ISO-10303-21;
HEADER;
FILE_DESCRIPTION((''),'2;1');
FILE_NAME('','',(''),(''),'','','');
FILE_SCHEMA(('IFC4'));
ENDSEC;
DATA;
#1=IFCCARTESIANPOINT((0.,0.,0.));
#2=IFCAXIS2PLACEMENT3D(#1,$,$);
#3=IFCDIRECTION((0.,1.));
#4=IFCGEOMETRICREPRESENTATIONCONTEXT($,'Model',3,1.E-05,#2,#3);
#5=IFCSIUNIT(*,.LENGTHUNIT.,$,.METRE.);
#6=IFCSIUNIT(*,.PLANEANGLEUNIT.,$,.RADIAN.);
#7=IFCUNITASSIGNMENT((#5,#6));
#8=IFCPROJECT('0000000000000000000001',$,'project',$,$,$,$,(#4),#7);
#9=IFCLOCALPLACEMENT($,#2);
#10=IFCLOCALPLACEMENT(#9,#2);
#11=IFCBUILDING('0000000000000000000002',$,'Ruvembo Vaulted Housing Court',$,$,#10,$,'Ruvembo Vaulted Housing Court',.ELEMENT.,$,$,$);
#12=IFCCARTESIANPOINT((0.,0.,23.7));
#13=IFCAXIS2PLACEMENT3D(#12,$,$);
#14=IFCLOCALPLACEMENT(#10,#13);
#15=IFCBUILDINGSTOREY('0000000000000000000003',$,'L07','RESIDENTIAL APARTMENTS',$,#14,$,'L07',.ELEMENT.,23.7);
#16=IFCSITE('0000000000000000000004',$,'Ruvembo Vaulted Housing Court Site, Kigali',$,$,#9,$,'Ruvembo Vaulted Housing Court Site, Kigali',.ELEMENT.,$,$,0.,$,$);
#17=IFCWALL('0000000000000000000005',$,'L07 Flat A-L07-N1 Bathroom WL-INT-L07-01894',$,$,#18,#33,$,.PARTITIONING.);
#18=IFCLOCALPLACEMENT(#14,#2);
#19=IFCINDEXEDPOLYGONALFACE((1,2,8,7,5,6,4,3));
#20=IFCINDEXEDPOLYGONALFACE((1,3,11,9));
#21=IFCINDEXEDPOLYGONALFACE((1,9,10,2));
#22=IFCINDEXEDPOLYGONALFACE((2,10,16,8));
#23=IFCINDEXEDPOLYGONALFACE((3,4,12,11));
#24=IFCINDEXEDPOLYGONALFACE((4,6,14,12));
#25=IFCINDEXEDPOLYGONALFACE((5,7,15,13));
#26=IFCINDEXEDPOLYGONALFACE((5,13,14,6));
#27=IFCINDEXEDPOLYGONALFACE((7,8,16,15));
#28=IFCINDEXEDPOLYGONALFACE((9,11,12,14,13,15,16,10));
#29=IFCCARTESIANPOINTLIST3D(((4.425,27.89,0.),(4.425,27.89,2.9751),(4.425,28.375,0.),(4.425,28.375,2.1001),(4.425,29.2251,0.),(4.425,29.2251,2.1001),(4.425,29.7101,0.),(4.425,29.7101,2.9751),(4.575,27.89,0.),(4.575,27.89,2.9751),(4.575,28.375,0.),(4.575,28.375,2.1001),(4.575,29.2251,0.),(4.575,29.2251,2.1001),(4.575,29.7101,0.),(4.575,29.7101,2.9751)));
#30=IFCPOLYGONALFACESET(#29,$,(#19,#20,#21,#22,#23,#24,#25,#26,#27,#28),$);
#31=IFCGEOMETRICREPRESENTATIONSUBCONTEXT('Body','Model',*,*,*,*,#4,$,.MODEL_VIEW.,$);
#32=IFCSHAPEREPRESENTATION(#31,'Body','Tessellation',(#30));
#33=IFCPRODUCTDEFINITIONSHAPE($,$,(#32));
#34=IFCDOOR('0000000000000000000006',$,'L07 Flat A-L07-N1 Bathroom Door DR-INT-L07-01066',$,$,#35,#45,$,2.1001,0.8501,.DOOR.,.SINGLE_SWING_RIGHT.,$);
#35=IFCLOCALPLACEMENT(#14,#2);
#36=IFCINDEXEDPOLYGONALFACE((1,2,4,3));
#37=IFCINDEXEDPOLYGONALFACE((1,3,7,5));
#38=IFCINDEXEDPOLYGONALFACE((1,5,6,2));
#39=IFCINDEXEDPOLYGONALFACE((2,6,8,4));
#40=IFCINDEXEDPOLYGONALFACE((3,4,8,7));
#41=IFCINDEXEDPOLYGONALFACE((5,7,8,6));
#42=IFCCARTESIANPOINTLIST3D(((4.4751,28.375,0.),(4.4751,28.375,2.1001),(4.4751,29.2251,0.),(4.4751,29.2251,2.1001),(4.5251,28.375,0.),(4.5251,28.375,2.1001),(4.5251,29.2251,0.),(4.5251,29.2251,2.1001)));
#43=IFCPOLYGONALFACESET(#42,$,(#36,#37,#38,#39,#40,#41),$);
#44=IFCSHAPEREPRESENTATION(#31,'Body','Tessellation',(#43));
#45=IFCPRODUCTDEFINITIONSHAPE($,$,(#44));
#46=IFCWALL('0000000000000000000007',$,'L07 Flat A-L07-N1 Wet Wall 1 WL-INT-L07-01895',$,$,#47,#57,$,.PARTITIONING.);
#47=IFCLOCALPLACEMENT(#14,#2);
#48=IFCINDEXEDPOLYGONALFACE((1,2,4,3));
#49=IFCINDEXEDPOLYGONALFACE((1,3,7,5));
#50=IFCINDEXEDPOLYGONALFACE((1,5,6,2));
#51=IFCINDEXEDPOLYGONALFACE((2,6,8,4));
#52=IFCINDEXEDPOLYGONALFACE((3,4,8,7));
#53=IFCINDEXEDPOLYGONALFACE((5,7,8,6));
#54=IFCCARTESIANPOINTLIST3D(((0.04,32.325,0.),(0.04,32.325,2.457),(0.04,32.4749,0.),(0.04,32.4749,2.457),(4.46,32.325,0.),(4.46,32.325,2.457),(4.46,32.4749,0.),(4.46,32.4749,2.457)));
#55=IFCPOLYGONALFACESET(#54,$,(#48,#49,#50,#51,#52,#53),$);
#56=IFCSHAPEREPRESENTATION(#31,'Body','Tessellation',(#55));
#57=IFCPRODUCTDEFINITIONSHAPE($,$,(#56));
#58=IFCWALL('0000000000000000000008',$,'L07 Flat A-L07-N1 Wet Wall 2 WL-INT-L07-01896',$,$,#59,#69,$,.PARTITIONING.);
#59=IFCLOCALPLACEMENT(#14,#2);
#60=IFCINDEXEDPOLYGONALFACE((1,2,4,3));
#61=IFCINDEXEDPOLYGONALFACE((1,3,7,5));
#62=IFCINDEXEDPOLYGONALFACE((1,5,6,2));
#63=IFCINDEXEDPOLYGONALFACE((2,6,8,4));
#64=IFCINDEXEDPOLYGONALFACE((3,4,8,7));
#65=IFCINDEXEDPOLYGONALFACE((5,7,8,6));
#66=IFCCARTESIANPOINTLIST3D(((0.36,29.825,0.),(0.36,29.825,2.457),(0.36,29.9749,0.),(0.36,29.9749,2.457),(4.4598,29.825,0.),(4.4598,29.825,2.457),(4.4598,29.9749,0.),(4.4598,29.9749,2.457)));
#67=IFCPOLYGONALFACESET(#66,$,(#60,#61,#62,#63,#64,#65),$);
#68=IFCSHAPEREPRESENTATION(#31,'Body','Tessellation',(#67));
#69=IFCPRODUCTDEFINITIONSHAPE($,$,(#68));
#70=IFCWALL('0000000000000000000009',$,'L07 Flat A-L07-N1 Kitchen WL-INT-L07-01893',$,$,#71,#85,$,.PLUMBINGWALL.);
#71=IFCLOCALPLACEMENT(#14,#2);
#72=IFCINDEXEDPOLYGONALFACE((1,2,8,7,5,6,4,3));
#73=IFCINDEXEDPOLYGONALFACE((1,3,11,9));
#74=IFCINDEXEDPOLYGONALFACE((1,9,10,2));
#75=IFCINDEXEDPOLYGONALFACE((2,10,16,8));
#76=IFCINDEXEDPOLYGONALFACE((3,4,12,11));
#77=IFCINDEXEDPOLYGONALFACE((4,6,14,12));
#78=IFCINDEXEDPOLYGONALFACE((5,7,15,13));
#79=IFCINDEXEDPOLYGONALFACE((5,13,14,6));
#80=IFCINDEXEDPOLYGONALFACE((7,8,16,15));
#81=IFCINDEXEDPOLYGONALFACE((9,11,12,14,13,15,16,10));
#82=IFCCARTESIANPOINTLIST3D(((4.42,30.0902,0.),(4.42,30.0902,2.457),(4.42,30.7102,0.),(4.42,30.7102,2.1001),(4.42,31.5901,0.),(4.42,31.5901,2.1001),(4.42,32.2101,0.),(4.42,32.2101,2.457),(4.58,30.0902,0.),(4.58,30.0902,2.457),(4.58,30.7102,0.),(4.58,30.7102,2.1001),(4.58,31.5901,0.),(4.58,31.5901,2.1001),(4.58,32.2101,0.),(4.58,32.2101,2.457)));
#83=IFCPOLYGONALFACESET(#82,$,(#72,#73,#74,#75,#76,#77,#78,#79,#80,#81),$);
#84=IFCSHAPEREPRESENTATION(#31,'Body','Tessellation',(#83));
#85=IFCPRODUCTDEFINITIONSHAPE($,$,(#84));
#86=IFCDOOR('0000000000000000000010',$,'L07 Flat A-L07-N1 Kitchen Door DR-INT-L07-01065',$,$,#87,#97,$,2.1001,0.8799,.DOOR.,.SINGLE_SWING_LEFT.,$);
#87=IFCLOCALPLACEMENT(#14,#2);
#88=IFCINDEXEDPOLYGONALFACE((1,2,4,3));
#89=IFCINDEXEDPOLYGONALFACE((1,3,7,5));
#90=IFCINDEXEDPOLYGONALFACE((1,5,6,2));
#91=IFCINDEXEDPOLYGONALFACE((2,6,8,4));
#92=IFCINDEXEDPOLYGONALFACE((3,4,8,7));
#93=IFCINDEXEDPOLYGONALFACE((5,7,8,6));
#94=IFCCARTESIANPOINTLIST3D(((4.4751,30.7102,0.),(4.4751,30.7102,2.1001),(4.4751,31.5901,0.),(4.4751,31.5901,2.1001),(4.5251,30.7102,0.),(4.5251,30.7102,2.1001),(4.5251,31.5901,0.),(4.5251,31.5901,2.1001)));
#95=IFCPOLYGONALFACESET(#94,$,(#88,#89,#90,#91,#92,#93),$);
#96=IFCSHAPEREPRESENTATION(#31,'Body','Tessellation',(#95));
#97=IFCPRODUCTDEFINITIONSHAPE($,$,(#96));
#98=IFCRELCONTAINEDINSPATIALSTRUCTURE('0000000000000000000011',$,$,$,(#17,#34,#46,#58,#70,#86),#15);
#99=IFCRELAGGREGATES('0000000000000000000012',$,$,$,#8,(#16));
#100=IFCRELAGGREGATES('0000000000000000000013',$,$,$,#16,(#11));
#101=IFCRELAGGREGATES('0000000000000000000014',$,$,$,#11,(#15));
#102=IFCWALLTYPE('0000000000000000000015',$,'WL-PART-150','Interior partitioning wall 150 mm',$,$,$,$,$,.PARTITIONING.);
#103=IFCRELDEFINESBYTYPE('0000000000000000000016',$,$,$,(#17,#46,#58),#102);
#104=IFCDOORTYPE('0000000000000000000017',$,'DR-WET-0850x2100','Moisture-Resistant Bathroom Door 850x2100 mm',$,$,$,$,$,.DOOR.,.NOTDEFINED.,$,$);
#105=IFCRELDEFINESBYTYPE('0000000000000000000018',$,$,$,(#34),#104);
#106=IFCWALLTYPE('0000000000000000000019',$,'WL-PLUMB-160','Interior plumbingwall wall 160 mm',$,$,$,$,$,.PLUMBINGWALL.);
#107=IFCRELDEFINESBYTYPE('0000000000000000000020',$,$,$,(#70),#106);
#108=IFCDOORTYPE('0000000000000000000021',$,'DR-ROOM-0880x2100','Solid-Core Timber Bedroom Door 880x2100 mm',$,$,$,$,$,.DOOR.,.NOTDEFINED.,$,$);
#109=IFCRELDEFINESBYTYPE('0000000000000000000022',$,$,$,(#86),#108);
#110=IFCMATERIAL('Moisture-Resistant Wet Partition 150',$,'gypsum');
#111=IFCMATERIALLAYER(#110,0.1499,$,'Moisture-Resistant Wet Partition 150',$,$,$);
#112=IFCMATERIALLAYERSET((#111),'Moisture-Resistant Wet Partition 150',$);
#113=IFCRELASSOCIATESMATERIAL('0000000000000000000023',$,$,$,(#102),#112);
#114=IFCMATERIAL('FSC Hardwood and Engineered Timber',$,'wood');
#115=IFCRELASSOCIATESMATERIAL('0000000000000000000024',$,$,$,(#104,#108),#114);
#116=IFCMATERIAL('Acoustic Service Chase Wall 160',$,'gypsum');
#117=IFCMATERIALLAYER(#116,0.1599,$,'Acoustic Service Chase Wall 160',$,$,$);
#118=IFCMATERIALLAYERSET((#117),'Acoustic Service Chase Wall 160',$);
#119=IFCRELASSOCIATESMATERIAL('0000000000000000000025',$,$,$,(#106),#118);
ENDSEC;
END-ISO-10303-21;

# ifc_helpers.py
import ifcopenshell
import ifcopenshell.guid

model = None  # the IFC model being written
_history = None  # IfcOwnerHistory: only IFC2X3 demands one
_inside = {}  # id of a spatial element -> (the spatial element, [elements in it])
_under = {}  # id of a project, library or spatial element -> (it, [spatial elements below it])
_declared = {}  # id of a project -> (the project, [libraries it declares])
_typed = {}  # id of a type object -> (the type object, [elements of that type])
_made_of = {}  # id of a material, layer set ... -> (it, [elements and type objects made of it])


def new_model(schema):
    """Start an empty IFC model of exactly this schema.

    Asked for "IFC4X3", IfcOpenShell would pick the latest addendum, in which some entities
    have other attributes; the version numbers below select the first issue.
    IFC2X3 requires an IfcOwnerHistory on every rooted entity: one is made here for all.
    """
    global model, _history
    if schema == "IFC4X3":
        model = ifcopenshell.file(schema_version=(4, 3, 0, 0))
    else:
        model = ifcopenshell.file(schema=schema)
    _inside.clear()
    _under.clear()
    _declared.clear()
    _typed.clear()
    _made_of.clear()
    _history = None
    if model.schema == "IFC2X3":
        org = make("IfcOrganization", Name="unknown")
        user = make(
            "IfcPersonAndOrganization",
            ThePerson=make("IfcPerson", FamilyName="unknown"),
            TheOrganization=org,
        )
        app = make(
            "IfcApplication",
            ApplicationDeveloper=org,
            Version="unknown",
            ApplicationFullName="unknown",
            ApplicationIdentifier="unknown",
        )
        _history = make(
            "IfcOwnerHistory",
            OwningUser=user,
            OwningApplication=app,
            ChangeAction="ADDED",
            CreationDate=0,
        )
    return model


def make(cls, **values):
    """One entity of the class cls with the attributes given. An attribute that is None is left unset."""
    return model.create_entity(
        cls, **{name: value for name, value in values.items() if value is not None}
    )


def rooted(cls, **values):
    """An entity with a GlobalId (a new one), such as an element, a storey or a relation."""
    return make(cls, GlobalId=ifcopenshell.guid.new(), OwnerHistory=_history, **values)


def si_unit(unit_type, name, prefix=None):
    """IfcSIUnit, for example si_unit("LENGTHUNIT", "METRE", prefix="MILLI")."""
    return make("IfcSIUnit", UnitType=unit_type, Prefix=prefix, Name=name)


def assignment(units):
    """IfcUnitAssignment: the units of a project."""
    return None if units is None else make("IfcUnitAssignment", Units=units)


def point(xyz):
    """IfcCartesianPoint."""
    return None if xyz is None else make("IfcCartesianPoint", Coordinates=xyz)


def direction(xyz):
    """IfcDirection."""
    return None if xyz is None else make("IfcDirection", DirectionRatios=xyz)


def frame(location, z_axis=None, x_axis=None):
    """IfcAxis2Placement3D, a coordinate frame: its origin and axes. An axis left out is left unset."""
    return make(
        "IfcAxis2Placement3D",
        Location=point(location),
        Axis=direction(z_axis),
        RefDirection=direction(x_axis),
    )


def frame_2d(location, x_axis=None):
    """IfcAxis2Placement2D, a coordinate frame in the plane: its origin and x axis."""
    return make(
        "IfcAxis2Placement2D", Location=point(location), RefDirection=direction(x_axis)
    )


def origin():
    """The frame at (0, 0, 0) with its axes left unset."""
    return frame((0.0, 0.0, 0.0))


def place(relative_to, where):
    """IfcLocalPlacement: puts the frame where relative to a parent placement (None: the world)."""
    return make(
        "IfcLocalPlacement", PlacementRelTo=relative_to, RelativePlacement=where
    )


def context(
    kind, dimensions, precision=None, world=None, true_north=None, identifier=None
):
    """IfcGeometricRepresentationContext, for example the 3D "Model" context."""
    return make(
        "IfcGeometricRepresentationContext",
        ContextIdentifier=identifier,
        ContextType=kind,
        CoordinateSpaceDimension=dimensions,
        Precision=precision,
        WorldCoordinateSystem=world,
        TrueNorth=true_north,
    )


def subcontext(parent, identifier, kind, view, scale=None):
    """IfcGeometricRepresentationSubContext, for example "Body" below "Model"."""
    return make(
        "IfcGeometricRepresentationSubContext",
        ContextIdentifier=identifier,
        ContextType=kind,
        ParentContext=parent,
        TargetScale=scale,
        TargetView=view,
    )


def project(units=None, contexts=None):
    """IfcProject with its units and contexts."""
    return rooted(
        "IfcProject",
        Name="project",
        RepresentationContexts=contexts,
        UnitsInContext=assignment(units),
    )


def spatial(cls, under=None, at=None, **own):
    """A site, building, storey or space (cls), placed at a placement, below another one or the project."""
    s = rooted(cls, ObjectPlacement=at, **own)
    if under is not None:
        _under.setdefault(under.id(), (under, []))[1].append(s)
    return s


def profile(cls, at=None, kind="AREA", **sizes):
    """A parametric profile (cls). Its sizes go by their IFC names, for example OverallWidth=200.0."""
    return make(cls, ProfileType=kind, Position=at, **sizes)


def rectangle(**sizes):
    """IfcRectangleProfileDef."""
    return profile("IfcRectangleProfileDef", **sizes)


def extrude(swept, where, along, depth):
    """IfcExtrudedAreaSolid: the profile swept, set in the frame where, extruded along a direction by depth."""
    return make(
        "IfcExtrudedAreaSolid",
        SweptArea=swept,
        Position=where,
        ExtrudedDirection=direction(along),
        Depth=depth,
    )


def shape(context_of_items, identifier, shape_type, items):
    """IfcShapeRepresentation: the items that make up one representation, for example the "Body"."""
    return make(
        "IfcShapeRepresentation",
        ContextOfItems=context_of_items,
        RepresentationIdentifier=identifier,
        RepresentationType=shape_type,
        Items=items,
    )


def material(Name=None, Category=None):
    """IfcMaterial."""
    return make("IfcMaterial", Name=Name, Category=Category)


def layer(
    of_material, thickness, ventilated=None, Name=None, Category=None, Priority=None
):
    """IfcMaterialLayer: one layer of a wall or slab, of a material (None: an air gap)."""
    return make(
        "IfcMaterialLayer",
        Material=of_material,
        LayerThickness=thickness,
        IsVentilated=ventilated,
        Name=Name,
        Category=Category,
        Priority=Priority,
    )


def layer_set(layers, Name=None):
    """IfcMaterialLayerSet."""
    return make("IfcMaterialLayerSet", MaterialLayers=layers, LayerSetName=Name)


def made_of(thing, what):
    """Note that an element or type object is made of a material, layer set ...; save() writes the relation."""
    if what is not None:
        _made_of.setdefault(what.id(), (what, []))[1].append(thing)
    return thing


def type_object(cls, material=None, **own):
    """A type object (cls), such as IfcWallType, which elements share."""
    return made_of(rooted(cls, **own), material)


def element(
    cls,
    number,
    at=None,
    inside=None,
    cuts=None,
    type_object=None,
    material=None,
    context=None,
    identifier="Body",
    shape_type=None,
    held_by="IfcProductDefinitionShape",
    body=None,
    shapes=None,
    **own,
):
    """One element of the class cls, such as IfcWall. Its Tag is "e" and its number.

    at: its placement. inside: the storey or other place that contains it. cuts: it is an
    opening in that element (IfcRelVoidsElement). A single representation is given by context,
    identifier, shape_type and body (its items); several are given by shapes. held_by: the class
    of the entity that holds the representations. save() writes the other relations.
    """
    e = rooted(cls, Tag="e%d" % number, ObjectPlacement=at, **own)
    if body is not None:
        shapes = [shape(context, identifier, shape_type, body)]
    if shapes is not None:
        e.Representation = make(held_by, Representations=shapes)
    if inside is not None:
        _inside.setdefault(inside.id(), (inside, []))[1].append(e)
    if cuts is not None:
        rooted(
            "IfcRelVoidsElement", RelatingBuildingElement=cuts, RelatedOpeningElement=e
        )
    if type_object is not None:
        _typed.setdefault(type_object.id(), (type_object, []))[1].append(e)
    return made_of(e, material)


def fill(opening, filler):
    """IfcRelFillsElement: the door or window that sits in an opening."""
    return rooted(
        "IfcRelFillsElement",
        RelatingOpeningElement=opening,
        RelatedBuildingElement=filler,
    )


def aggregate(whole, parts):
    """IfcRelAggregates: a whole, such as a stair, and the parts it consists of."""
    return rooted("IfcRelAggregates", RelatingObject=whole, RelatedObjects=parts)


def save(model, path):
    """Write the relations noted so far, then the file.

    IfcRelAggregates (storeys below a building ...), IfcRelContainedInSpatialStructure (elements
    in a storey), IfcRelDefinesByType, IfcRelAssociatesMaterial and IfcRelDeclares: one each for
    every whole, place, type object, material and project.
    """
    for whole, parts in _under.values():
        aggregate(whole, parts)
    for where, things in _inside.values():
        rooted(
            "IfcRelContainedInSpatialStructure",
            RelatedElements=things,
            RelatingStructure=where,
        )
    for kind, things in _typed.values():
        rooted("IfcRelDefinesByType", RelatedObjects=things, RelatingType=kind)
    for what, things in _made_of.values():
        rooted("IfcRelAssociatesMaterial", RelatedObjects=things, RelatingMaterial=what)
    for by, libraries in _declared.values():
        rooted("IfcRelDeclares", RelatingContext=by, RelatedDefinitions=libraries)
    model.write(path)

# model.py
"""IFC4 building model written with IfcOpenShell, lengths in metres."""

from ifc_helpers import new_model, si_unit, direction, frame, frame_2d, origin, place, context, subcontext, project, spatial, rectangle, extrude, material, layer, layer_set, type_object, element, fill, save


model = new_model("IFC4")

# Units and contexts
model_context = context("Model", 3, precision=1e-05, world=origin(), true_north=direction((0.0, 1.0)))
body_context = subcontext(model_context, "Body", "Model", "MODEL_VIEW")
ifc_project = project(units=[si_unit("LENGTHUNIT", "METRE"), si_unit("PLANEANGLEUNIT", "RADIAN")], contexts=[model_context])

# Site, building, storey
site_placement = place(None, origin())
site = spatial("IfcSite", under=ifc_project, at=site_placement, Name="Ruvembo Vaulted Housing Court Site, Kigali", LongName="Ruvembo Vaulted Housing Court Site, Kigali", CompositionType="ELEMENT", RefElevation=0.0)
building_placement = place(site_placement, origin())
building = spatial("IfcBuilding", under=site, at=building_placement, Name="Ruvembo Vaulted Housing Court", LongName="Ruvembo Vaulted Housing Court", CompositionType="ELEMENT")
storey_placement = place(building_placement, frame((0.0, 0.0, 23.7)))
storey = spatial("IfcBuildingStorey", under=building, at=storey_placement, Name="L07", Description="RESIDENTIAL APARTMENTS", LongName="L07", CompositionType="ELEMENT", Elevation=23.7)

# Wall, opening, door
ifc_material_1 = material(Name="Moisture-Resistant Wet Partition 150", Category="gypsum")
ifc_layer_1 = layer(ifc_material_1, 0.1499, Name="Moisture-Resistant Wet Partition 150")
ifc_layer_set_1 = layer_set([ifc_layer_1], Name="Moisture-Resistant Wet Partition 150")
wall_type_1 = type_object("IfcWallType", Name="WL-PART-150", Description="Interior partitioning wall 150 mm", PredefinedType="PARTITIONING", material=ifc_layer_set_1)
wall_1_placement = place(storey_placement, frame((4.5, 27.8899, 0.0), z_axis=(0.0, 0.0, 1.0), x_axis=(0.0, 1.0, 0.0)))
wall_1 = element("IfcWall", 1, at=wall_1_placement, inside=storey, type_object=wall_type_1, Name="L07 Flat A-L07-N1 Bathroom WL-INT-L07-01894", PredefinedType="PARTITIONING", context=body_context, shape_type="SweptSolid", body=[
    extrude(rectangle(XDim=1.8201, YDim=0.1499, at=frame_2d((0.9102, 0.0))), origin(), (0.0, 0.0, 1.0), 2.9751),
])
opening_1_placement = place(wall_1_placement, frame((0.4851, 0.0, 0.0)))
opening_1 = element("IfcOpeningElement", 2, at=opening_1_placement, cuts=wall_1, PredefinedType="OPENING", context=body_context, shape_type="SweptSolid", body=[
    extrude(rectangle(XDim=0.8501, YDim=2.1001, at=frame_2d((0.425, 1.05))), frame((0.0, 0.085, 0.0), z_axis=(0.0, -1.0, 0.0), x_axis=(1.0, 0.0, 0.0)), (0.0, 0.0, 1.0), 0.1699),
])
ifc_material_2 = material(Name="FSC Hardwood and Engineered Timber", Category="wood")
door_type_1 = type_object("IfcDoorType", Name="DR-WET-0850x2100", Description="Moisture-Resistant Bathroom Door 850x2100 mm", OperationType="NOTDEFINED", PredefinedType="DOOR", material=ifc_material_2)
door_1_placement = place(opening_1_placement, origin())
door_1 = element("IfcDoor", 3, at=door_1_placement, inside=storey, type_object=door_type_1, Name="L07 Flat A-L07-N1 Bathroom Door DR-INT-L07-01066", OperationType="SINGLE_SWING_RIGHT", OverallHeight=2.1001, OverallWidth=0.8501, PredefinedType="DOOR", context=body_context, shape_type="SweptSolid", body=[
    extrude(rectangle(XDim=0.8501, YDim=2.1001, at=frame_2d((0.425, 1.05))), frame((0.0, 0.0249, 0.0), z_axis=(0.0, -1.0, 0.0), x_axis=(1.0, 0.0, 0.0)), (0.0, 0.0, 1.0), 0.05),
])
fill(opening_1, door_1)

# Walls
wall_2_placement = place(storey_placement, frame((0.04, 32.3999, 0.0), z_axis=(0.0, 0.0, 1.0), x_axis=(1.0, 0.0, 0.0)))
element("IfcWall", 4, at=wall_2_placement, inside=storey, type_object=wall_type_1, Name="L07 Flat A-L07-N1 Wet Wall 1 WL-INT-L07-01895", PredefinedType="PARTITIONING", context=body_context, shape_type="SweptSolid", body=[
    extrude(rectangle(XDim=4.4199, YDim=0.1499, at=frame_2d((2.21, 0.0))), origin(), (0.0, 0.0, 1.0), 2.457),
])
wall_3_placement = place(storey_placement, frame((0.3601, 29.8999, 0.0), z_axis=(0.0, 0.0, 1.0), x_axis=(1.0, 0.0, 0.0)))
element("IfcWall", 5, at=wall_3_placement, inside=storey, type_object=wall_type_1, Name="L07 Flat A-L07-N1 Wet Wall 2 WL-INT-L07-01896", PredefinedType="PARTITIONING", context=body_context, shape_type="SweptSolid", body=[
    extrude(rectangle(XDim=4.0999, YDim=0.1499, at=frame_2d((2.0498, 0.0))), origin(), (0.0, 0.0, 1.0), 2.457),
])

# Wall, opening, door
ifc_material_3 = material(Name="Acoustic Service Chase Wall 160", Category="gypsum")
ifc_layer_2 = layer(ifc_material_3, 0.1599, Name="Acoustic Service Chase Wall 160")
ifc_layer_set_2 = layer_set([ifc_layer_2], Name="Acoustic Service Chase Wall 160")
wall_type_2 = type_object("IfcWallType", Name="WL-PLUMB-160", Description="Interior plumbingwall wall 160 mm", PredefinedType="PLUMBINGWALL", material=ifc_layer_set_2)
wall_4_placement = place(storey_placement, frame((4.5, 30.0901, 0.0), z_axis=(0.0, 0.0, 1.0), x_axis=(0.0, 1.0, 0.0)))
wall_4 = element("IfcWall", 6, at=wall_4_placement, inside=storey, type_object=wall_type_2, Name="L07 Flat A-L07-N1 Kitchen WL-INT-L07-01893", PredefinedType="PLUMBINGWALL", context=body_context, shape_type="SweptSolid", body=[
    extrude(rectangle(XDim=2.1199, YDim=0.1599, at=frame_2d((1.0601, 0.0))), origin(), (0.0, 0.0, 1.0), 2.457),
])
opening_2_placement = place(wall_4_placement, frame((0.6201, 0.0, 0.0)))
opening_2 = element("IfcOpeningElement", 7, at=opening_2_placement, cuts=wall_4, PredefinedType="OPENING", context=body_context, shape_type="SweptSolid", body=[
    extrude(rectangle(XDim=0.8799, YDim=2.1001, at=frame_2d((0.4399, 1.05))), frame((0.0, 0.0898, 0.0), z_axis=(0.0, -1.0, 0.0), x_axis=(1.0, 0.0, 0.0)), (0.0, 0.0, 1.0), 0.1799),
])
door_type_2 = type_object("IfcDoorType", Name="DR-ROOM-0880x2100", Description="Solid-Core Timber Bedroom Door 880x2100 mm", OperationType="NOTDEFINED", PredefinedType="DOOR", material=ifc_material_2)
door_2_placement = place(opening_2_placement, origin())
door_2 = element("IfcDoor", 8, at=door_2_placement, inside=storey, type_object=door_type_2, Name="L07 Flat A-L07-N1 Kitchen Door DR-INT-L07-01065", OperationType="SINGLE_SWING_LEFT", OverallHeight=2.1001, OverallWidth=0.8799, PredefinedType="DOOR", context=body_context, shape_type="SweptSolid", body=[
    extrude(rectangle(XDim=0.8799, YDim=2.1001, at=frame_2d((0.4399, 1.05))), frame((0.0, 0.0249, 0.0), z_axis=(0.0, -1.0, 0.0), x_axis=(1.0, 0.0, 0.0)), (0.0, 0.0, 1.0), 0.05),
])
fill(opening_2, door_2)

save(model, "model.ifc")
